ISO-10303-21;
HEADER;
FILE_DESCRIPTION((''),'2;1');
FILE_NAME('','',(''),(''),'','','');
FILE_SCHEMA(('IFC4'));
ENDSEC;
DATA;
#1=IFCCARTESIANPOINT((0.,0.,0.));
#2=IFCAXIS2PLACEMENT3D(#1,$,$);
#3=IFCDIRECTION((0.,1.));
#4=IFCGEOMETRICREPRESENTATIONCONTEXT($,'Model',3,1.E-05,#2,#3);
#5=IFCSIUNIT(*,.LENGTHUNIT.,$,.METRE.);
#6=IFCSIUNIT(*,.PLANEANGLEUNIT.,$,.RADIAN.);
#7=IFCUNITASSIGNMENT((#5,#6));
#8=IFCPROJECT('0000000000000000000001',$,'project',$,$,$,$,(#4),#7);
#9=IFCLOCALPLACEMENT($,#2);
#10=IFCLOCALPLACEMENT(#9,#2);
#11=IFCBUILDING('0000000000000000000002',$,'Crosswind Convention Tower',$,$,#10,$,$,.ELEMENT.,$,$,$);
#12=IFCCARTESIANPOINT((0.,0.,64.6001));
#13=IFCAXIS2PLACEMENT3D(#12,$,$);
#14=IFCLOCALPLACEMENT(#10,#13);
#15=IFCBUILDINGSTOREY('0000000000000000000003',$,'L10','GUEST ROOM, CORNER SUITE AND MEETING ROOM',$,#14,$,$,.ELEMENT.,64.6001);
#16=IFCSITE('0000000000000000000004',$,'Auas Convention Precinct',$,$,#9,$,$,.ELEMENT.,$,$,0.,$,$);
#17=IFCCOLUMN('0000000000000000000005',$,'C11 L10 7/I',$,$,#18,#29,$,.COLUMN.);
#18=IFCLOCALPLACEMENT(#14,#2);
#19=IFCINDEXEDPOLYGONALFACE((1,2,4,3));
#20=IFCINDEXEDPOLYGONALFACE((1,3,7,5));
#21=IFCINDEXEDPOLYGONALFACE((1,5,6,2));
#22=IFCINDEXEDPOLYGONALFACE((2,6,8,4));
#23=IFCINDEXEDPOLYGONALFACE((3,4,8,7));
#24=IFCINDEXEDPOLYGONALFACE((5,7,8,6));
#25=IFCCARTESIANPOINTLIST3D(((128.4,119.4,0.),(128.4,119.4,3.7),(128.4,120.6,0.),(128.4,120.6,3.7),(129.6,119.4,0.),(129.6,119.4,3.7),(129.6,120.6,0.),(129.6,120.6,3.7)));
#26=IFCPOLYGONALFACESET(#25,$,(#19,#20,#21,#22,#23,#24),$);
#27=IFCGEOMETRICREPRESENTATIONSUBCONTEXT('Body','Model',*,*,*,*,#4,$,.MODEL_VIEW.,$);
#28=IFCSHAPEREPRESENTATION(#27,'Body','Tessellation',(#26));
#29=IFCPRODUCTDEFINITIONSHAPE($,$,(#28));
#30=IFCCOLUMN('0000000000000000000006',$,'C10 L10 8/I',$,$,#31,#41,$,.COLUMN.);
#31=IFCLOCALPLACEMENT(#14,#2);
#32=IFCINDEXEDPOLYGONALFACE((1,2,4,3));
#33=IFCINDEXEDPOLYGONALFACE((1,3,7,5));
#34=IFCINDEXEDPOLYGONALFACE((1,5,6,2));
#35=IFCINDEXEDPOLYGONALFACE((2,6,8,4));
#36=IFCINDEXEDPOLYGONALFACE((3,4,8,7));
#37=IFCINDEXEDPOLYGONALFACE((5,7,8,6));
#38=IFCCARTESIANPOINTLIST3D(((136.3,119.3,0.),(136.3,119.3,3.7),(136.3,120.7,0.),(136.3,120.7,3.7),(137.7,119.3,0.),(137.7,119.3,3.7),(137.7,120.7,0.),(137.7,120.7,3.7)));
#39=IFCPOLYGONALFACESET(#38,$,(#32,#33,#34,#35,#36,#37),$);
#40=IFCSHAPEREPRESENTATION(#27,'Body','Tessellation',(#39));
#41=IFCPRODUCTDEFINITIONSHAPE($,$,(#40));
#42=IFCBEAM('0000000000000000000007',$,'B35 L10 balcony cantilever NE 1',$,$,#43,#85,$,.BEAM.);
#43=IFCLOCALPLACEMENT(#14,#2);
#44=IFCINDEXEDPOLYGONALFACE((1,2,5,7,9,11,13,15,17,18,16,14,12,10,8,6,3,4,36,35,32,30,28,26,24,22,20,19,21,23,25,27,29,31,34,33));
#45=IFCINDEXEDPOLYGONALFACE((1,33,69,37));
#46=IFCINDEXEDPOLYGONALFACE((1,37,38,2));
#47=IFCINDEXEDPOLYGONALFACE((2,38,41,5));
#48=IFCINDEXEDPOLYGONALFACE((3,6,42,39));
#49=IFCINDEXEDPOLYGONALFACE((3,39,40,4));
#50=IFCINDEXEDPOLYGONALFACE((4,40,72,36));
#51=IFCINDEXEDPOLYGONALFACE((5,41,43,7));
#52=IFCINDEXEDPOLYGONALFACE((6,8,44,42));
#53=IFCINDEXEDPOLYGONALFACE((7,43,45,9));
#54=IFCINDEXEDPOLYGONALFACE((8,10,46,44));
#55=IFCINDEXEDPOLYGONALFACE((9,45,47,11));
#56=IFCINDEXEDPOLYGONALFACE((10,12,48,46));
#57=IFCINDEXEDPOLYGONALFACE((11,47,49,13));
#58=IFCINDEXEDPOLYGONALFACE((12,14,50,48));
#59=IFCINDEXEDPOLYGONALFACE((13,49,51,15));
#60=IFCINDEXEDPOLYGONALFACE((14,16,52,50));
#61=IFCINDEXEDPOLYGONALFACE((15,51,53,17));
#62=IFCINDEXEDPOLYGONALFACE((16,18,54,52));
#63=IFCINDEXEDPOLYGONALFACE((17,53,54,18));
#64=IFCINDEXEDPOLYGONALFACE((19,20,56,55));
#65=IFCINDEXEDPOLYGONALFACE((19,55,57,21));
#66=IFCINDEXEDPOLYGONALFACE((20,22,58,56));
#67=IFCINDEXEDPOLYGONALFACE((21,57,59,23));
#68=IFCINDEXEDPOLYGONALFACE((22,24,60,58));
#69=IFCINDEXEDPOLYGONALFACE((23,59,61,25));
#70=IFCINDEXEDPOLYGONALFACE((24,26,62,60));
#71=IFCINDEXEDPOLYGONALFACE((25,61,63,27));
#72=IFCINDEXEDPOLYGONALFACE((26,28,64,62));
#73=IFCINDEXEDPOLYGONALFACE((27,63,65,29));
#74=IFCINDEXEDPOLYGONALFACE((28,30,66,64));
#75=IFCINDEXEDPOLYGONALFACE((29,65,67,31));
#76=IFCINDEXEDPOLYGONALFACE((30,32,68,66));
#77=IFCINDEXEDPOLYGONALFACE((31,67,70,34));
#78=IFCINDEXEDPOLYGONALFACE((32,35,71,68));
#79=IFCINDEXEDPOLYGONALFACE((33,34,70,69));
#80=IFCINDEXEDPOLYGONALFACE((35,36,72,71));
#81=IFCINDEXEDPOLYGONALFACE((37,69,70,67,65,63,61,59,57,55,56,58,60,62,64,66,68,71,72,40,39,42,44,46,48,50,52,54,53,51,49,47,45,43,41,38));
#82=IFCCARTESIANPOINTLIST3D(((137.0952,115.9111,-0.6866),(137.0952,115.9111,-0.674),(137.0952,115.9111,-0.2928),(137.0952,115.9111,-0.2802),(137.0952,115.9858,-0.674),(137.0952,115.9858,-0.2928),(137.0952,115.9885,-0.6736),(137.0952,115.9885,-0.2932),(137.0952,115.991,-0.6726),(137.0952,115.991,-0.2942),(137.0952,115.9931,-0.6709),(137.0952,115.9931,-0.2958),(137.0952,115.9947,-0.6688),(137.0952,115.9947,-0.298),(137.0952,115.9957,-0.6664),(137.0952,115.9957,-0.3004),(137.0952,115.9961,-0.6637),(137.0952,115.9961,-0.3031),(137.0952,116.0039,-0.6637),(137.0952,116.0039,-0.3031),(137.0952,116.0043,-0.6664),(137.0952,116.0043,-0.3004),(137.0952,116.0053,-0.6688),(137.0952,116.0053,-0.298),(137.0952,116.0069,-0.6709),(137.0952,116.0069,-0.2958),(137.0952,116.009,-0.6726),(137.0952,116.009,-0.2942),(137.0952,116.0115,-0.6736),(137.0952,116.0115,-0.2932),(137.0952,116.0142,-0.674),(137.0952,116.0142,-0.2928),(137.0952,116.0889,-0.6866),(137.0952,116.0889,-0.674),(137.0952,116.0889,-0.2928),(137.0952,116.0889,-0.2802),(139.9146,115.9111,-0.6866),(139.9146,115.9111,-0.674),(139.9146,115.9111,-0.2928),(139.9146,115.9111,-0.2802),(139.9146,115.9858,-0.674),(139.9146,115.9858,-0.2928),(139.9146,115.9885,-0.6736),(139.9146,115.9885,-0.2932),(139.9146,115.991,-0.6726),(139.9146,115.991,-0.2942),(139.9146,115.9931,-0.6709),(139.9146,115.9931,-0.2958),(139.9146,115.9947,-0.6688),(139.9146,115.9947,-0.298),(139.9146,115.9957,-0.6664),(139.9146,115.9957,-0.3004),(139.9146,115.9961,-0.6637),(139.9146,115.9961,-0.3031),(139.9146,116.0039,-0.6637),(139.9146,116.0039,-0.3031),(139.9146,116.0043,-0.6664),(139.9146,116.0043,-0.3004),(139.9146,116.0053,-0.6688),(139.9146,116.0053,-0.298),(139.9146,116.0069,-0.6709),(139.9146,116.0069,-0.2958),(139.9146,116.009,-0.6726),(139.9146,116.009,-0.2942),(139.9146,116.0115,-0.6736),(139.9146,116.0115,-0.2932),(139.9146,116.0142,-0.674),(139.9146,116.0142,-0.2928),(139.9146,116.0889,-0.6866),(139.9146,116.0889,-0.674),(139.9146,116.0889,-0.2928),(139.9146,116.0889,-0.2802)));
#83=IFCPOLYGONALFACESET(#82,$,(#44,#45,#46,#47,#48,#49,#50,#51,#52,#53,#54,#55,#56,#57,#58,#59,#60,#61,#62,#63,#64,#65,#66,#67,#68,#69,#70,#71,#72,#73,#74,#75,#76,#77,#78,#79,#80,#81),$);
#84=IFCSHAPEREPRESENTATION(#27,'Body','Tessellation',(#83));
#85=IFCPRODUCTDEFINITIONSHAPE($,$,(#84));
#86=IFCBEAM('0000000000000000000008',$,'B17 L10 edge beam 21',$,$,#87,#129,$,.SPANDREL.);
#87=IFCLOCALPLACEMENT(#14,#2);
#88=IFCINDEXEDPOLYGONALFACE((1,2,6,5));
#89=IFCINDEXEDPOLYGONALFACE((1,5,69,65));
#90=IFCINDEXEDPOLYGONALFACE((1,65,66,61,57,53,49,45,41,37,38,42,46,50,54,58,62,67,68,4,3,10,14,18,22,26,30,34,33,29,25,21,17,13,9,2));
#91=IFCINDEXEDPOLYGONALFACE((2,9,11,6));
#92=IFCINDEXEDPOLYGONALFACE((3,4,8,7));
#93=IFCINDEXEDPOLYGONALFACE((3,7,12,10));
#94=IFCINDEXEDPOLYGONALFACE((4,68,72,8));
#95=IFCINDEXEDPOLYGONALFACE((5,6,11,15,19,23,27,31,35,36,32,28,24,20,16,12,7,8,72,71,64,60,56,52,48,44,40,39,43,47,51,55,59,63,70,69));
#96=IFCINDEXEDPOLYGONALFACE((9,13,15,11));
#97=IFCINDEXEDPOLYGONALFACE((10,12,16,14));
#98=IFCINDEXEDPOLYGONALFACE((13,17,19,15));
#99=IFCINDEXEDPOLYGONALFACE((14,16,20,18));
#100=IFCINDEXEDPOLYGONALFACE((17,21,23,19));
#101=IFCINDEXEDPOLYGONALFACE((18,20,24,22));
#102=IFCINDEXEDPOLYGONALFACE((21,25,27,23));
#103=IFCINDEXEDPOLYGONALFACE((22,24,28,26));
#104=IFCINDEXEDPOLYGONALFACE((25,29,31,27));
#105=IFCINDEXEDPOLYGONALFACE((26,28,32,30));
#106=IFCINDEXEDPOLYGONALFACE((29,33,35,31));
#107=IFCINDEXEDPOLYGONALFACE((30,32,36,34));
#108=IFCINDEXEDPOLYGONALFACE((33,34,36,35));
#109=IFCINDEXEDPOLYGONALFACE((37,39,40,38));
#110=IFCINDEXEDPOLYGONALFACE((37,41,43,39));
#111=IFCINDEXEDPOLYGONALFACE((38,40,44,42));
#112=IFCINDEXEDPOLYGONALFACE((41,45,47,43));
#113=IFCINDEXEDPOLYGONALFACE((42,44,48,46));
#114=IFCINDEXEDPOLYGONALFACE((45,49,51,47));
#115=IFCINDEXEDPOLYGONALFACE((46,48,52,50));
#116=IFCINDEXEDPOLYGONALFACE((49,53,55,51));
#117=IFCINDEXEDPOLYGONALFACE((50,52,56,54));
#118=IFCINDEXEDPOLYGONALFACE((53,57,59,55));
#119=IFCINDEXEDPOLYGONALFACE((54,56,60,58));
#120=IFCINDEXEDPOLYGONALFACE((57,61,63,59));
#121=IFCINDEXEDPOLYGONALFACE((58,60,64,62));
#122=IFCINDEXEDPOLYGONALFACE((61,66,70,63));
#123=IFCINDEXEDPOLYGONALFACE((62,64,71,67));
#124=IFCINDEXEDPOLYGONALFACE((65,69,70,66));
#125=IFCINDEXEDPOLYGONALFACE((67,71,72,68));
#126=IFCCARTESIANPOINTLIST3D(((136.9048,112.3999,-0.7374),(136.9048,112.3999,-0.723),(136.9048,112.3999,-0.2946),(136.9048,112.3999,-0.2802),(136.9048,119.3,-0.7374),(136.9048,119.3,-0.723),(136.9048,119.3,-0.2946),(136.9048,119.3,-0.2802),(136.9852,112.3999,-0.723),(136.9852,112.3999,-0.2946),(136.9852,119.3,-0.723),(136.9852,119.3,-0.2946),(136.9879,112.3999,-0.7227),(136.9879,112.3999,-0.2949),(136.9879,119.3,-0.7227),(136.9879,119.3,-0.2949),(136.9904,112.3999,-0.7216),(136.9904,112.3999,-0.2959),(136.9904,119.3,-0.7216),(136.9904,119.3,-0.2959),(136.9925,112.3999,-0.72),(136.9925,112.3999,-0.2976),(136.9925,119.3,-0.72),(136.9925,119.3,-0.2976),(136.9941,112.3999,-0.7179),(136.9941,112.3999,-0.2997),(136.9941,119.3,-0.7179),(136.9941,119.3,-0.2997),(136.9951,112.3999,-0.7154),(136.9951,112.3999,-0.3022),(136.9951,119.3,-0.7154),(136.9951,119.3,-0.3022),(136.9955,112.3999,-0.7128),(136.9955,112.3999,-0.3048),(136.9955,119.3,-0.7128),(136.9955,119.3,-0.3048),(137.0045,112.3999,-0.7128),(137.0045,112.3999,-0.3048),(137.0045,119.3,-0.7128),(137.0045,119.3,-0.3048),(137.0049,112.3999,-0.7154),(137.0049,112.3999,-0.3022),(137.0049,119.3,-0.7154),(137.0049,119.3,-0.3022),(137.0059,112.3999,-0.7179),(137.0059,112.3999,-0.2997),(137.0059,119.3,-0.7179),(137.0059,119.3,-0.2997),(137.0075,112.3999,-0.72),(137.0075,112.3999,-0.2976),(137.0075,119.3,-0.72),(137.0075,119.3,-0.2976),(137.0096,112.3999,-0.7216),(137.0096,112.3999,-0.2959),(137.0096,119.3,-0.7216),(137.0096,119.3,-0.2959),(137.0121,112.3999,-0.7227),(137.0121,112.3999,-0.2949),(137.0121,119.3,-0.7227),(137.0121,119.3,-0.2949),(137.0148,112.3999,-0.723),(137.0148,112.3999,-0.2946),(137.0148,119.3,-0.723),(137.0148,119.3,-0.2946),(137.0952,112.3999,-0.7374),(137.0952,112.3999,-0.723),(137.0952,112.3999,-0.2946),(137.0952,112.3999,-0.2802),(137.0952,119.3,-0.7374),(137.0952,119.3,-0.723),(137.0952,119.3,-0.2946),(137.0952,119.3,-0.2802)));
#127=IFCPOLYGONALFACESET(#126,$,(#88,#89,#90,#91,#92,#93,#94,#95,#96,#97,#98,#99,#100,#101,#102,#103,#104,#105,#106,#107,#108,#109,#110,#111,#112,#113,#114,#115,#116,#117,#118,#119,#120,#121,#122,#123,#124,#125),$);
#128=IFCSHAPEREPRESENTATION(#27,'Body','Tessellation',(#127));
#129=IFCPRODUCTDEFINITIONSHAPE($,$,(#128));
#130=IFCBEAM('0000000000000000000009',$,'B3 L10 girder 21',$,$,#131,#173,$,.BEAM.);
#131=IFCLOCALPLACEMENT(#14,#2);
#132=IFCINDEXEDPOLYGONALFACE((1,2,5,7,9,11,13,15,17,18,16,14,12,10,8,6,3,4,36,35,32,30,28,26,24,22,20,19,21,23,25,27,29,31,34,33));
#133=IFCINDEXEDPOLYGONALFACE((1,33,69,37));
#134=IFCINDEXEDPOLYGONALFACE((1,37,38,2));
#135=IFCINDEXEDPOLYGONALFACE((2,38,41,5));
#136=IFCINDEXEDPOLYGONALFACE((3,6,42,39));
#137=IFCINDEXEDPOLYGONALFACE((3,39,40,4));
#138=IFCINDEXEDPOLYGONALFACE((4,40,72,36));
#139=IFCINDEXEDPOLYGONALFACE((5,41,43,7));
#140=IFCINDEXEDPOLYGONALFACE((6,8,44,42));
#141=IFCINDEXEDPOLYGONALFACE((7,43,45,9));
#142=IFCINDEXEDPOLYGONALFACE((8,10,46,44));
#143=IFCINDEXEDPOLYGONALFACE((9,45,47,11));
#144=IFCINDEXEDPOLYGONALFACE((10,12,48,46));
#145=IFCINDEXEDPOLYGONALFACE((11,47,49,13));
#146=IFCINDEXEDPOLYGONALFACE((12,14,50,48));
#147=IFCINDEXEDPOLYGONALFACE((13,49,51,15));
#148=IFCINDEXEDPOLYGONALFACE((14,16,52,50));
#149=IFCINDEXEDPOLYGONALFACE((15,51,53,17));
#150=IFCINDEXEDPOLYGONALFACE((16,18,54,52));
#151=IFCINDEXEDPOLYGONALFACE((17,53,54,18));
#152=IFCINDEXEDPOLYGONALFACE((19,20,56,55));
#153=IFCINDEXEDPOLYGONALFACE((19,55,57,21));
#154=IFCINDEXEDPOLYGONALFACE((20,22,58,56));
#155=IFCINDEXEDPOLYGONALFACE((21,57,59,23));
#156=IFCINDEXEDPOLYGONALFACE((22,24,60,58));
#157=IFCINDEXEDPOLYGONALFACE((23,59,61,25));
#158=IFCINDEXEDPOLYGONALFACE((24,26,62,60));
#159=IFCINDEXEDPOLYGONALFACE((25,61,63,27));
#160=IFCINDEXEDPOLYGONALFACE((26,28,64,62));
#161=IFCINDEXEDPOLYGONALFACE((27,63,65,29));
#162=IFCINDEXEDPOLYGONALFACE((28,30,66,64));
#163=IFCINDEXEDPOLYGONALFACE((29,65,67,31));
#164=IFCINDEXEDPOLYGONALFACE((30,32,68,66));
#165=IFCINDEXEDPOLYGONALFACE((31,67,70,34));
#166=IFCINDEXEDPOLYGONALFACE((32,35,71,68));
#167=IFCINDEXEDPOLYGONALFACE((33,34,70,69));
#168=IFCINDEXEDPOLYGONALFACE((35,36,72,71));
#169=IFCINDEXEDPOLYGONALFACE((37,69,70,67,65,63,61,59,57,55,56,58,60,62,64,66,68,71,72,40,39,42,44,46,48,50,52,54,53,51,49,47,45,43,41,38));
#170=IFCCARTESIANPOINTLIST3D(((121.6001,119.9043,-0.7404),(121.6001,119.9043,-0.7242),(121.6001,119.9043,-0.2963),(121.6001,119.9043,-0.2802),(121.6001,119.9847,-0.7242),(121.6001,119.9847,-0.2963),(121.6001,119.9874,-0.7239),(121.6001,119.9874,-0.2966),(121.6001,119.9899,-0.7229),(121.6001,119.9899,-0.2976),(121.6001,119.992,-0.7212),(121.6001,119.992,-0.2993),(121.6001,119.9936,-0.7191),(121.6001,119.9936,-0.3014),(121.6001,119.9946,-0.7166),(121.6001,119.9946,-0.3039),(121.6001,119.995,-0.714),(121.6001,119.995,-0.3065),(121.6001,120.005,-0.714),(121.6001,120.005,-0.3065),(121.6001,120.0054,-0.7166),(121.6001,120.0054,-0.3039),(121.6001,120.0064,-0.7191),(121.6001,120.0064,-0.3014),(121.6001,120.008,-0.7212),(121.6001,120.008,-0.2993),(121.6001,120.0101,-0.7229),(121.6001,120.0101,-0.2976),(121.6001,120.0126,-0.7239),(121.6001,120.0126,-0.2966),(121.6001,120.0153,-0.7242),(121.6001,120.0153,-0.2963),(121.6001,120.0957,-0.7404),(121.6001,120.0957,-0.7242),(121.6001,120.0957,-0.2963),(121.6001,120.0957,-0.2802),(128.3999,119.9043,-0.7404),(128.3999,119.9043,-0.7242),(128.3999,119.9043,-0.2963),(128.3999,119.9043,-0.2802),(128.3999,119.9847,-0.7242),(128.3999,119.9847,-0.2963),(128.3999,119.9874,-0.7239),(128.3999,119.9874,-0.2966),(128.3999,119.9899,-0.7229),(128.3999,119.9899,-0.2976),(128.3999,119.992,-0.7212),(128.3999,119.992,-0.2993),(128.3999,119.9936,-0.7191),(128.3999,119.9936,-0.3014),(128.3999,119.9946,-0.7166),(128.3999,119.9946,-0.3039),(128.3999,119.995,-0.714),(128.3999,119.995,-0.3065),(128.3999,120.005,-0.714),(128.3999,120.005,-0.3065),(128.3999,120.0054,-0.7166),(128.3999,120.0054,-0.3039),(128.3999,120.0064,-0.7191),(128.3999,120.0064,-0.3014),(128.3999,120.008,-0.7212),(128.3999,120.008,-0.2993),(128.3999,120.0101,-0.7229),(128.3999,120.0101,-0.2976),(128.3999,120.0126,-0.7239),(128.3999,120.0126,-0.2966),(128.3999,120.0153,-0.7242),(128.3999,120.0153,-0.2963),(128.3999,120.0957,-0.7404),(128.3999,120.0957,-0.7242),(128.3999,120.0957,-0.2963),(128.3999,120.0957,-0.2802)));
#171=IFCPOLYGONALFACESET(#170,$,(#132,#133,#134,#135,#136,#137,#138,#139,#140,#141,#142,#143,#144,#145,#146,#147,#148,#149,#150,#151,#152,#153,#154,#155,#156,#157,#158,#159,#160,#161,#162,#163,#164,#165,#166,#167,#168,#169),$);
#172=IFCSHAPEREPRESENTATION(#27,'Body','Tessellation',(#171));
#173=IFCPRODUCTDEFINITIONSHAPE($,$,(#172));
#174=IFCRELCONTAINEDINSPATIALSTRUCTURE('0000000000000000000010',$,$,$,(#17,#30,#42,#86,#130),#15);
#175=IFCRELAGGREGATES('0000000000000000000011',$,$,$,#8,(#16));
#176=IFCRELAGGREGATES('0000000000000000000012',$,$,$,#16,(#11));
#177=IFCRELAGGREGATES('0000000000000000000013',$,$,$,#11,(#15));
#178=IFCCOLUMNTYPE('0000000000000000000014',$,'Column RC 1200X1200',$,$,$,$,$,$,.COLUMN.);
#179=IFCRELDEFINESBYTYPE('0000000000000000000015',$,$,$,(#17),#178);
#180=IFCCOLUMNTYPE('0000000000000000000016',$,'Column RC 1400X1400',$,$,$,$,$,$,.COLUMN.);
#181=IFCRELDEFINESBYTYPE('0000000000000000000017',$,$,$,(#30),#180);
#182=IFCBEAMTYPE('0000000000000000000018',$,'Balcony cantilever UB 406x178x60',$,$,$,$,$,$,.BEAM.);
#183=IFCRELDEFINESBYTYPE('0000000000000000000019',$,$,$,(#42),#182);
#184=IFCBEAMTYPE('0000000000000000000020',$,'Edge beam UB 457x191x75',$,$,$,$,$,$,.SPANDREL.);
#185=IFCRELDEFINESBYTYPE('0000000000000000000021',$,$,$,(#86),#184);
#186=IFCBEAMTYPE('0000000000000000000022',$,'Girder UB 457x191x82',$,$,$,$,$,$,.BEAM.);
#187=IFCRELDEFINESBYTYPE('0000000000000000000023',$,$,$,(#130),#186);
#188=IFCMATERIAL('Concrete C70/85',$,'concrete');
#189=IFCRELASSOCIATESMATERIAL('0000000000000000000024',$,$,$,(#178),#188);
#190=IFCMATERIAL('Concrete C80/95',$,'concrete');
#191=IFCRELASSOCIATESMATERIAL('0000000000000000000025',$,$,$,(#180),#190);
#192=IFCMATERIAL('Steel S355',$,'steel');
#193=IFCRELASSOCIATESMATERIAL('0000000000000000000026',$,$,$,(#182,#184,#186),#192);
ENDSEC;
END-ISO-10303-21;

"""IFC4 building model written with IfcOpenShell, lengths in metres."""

from ifc_helpers import new_model, si_unit, direction, frame, origin, origin_2d, place, context, subcontext, project, spatial, rectangle, i_section, extrude, material, material_profile, profile_set, type_object, element, save


model = new_model("IFC4")

# Units and contexts
model_context = context("Model", 3, precision=1e-05, world=origin(), true_north=direction((0.0, 1.0)))
body_context = subcontext(model_context, "Body", "Model", "MODEL_VIEW")
ifc_project = project(units=[si_unit("LENGTHUNIT", "METRE"), si_unit("PLANEANGLEUNIT", "RADIAN")], contexts=[model_context])

# Site, building, storey
site_placement = place(None, origin())
site = spatial("IfcSite", under=ifc_project, at=site_placement, Name="Auas Convention Precinct", CompositionType="ELEMENT", RefElevation=0.0)
building_placement = place(site_placement, origin())
building = spatial("IfcBuilding", under=site, at=building_placement, Name="Crosswind Convention Tower", CompositionType="ELEMENT")
storey_placement = place(building_placement, frame((0.0, 0.0, 64.6001)))
storey = spatial("IfcBuildingStorey", under=building, at=storey_placement, Name="L10", Description="GUEST ROOM, CORNER SUITE AND MEETING ROOM", CompositionType="ELEMENT", Elevation=64.6001)

# Columns
ifc_material_1 = material(Name="Concrete C70/85", Category="concrete")
ifc_material_profile_1 = material_profile(ifc_material_1, rectangle(XDim=1.2, YDim=1.2, at=origin_2d()), Name="RC 1200X1200")
ifc_profile_set_1 = profile_set([ifc_material_profile_1], Name="Concrete C70/85")
column_type_1 = type_object("IfcColumnType", Name="Column RC 1200X1200", PredefinedType="COLUMN", material=ifc_profile_set_1)
column_1_placement = place(storey_placement, frame((129.0, 120.0, 0.0), z_axis=(0.0, 0.0, 1.0), x_axis=(1.0, 0.0, 0.0)))
element("IfcColumn", 1, at=column_1_placement, inside=storey, type_object=column_type_1, Name="C11 L10 7/I", PredefinedType="COLUMN", context=body_context, shape_type="SweptSolid", body=[
    extrude(rectangle(XDim=1.2, YDim=1.2, at=origin_2d()), origin(), (0.0, 0.0, 1.0), 3.7),
])
ifc_material_2 = material(Name="Concrete C80/95", Category="concrete")
ifc_material_profile_2 = material_profile(ifc_material_2, rectangle(XDim=1.3999, YDim=1.3999, at=origin_2d()), Name="RC 1400X1400")
ifc_profile_set_2 = profile_set([ifc_material_profile_2], Name="Concrete C80/95")
column_type_2 = type_object("IfcColumnType", Name="Column RC 1400X1400", PredefinedType="COLUMN", material=ifc_profile_set_2)
column_2_placement = place(storey_placement, frame((137.0, 120.0, 0.0), z_axis=(0.0, 0.0, 1.0), x_axis=(1.0, 0.0, 0.0)))
element("IfcColumn", 2, at=column_2_placement, inside=storey, type_object=column_type_2, Name="C10 L10 8/I", PredefinedType="COLUMN", context=body_context, shape_type="SweptSolid", body=[
    extrude(rectangle(XDim=1.3999, YDim=1.3999, at=origin_2d()), origin(), (0.0, 0.0, 1.0), 3.7),
])

# Beams
ifc_material_3 = material(Name="Steel S355", Category="steel")
ifc_material_profile_3 = material_profile(ifc_material_3, i_section(OverallWidth=0.1777, OverallDepth=0.4065, WebThickness=0.0078, FlangeThickness=0.0127, FilletRadius=0.0103, at=origin_2d()), Name="UB 406x178x60")
ifc_profile_set_3 = profile_set([ifc_material_profile_3], Name="Steel S355")
beam_type_1 = type_object("IfcBeamType", Name="Balcony cantilever UB 406x178x60", PredefinedType="BEAM", material=ifc_profile_set_3)
beam_1_placement = place(storey_placement, frame((137.0952, 116.0, -0.4834), z_axis=(1.0, 0.0, 0.0), x_axis=(0.0, 1.0, 0.0)))
element("IfcBeam", 3, at=beam_1_placement, inside=storey, type_object=beam_type_1, Name="B35 L10 balcony cantilever NE 1", PredefinedType="BEAM", context=body_context, shape_type="SweptSolid", body=[
    extrude(i_section(OverallWidth=0.1777, OverallDepth=0.4065, WebThickness=0.0078, FlangeThickness=0.0127, FilletRadius=0.0103, at=origin_2d()), origin(), (0.0, 0.0, 1.0), 2.8193),
])
ifc_material_profile_4 = material_profile(ifc_material_3, i_section(OverallWidth=0.1904, OverallDepth=0.4573, WebThickness=0.009, FlangeThickness=0.0144, FilletRadius=0.0103, at=origin_2d()), Name="UB 457x191x75")
ifc_profile_set_4 = profile_set([ifc_material_profile_4], Name="Steel S355")
beam_type_2 = type_object("IfcBeamType", Name="Edge beam UB 457x191x75", PredefinedType="SPANDREL", material=ifc_profile_set_4)
beam_2_placement = place(storey_placement, frame((137.0, 112.3999, -0.5088), z_axis=(0.0, 1.0, 0.0), x_axis=(-1.0, 0.0, 0.0)))
element("IfcBeam", 4, at=beam_2_placement, inside=storey, type_object=beam_type_2, Name="B17 L10 edge beam 21", PredefinedType="SPANDREL", context=body_context, shape_type="SweptSolid", body=[
    extrude(i_section(OverallWidth=0.1904, OverallDepth=0.4573, WebThickness=0.009, FlangeThickness=0.0144, FilletRadius=0.0103, at=origin_2d()), origin(), (0.0, 0.0, 1.0), 6.9001),
])
ifc_material_profile_5 = material_profile(ifc_material_3, i_section(OverallWidth=0.1914, OverallDepth=0.4602, WebThickness=0.01, FlangeThickness=0.0161, FilletRadius=0.0103, at=origin_2d()), Name="UB 457x191x82")
ifc_profile_set_5 = profile_set([ifc_material_profile_5], Name="Steel S355")
beam_type_3 = type_object("IfcBeamType", Name="Girder UB 457x191x82", PredefinedType="BEAM", material=ifc_profile_set_5)
for number, where, z_axis, x_axis, name in (
    (5, (121.6001, 120.0, -0.5103), (1.0, 0.0, 0.0), (0.0, 1.0, 0.0), "B3 L10 girder 21"),
):
    element("IfcBeam", number, at=place(storey_placement, frame(where, z_axis=z_axis, x_axis=x_axis)), inside=storey, type_object=beam_type_3, Name=name, PredefinedType="BEAM", context=body_context, shape_type="SweptSolid", body=[
        extrude(i_section(OverallWidth=0.1914, OverallDepth=0.4602, WebThickness=0.01, FlangeThickness=0.0161, FilletRadius=0.0103, at=origin_2d()), origin(), (0.0, 0.0, 1.0), 6.7998),
    ])

save(model, "model.ifc")
